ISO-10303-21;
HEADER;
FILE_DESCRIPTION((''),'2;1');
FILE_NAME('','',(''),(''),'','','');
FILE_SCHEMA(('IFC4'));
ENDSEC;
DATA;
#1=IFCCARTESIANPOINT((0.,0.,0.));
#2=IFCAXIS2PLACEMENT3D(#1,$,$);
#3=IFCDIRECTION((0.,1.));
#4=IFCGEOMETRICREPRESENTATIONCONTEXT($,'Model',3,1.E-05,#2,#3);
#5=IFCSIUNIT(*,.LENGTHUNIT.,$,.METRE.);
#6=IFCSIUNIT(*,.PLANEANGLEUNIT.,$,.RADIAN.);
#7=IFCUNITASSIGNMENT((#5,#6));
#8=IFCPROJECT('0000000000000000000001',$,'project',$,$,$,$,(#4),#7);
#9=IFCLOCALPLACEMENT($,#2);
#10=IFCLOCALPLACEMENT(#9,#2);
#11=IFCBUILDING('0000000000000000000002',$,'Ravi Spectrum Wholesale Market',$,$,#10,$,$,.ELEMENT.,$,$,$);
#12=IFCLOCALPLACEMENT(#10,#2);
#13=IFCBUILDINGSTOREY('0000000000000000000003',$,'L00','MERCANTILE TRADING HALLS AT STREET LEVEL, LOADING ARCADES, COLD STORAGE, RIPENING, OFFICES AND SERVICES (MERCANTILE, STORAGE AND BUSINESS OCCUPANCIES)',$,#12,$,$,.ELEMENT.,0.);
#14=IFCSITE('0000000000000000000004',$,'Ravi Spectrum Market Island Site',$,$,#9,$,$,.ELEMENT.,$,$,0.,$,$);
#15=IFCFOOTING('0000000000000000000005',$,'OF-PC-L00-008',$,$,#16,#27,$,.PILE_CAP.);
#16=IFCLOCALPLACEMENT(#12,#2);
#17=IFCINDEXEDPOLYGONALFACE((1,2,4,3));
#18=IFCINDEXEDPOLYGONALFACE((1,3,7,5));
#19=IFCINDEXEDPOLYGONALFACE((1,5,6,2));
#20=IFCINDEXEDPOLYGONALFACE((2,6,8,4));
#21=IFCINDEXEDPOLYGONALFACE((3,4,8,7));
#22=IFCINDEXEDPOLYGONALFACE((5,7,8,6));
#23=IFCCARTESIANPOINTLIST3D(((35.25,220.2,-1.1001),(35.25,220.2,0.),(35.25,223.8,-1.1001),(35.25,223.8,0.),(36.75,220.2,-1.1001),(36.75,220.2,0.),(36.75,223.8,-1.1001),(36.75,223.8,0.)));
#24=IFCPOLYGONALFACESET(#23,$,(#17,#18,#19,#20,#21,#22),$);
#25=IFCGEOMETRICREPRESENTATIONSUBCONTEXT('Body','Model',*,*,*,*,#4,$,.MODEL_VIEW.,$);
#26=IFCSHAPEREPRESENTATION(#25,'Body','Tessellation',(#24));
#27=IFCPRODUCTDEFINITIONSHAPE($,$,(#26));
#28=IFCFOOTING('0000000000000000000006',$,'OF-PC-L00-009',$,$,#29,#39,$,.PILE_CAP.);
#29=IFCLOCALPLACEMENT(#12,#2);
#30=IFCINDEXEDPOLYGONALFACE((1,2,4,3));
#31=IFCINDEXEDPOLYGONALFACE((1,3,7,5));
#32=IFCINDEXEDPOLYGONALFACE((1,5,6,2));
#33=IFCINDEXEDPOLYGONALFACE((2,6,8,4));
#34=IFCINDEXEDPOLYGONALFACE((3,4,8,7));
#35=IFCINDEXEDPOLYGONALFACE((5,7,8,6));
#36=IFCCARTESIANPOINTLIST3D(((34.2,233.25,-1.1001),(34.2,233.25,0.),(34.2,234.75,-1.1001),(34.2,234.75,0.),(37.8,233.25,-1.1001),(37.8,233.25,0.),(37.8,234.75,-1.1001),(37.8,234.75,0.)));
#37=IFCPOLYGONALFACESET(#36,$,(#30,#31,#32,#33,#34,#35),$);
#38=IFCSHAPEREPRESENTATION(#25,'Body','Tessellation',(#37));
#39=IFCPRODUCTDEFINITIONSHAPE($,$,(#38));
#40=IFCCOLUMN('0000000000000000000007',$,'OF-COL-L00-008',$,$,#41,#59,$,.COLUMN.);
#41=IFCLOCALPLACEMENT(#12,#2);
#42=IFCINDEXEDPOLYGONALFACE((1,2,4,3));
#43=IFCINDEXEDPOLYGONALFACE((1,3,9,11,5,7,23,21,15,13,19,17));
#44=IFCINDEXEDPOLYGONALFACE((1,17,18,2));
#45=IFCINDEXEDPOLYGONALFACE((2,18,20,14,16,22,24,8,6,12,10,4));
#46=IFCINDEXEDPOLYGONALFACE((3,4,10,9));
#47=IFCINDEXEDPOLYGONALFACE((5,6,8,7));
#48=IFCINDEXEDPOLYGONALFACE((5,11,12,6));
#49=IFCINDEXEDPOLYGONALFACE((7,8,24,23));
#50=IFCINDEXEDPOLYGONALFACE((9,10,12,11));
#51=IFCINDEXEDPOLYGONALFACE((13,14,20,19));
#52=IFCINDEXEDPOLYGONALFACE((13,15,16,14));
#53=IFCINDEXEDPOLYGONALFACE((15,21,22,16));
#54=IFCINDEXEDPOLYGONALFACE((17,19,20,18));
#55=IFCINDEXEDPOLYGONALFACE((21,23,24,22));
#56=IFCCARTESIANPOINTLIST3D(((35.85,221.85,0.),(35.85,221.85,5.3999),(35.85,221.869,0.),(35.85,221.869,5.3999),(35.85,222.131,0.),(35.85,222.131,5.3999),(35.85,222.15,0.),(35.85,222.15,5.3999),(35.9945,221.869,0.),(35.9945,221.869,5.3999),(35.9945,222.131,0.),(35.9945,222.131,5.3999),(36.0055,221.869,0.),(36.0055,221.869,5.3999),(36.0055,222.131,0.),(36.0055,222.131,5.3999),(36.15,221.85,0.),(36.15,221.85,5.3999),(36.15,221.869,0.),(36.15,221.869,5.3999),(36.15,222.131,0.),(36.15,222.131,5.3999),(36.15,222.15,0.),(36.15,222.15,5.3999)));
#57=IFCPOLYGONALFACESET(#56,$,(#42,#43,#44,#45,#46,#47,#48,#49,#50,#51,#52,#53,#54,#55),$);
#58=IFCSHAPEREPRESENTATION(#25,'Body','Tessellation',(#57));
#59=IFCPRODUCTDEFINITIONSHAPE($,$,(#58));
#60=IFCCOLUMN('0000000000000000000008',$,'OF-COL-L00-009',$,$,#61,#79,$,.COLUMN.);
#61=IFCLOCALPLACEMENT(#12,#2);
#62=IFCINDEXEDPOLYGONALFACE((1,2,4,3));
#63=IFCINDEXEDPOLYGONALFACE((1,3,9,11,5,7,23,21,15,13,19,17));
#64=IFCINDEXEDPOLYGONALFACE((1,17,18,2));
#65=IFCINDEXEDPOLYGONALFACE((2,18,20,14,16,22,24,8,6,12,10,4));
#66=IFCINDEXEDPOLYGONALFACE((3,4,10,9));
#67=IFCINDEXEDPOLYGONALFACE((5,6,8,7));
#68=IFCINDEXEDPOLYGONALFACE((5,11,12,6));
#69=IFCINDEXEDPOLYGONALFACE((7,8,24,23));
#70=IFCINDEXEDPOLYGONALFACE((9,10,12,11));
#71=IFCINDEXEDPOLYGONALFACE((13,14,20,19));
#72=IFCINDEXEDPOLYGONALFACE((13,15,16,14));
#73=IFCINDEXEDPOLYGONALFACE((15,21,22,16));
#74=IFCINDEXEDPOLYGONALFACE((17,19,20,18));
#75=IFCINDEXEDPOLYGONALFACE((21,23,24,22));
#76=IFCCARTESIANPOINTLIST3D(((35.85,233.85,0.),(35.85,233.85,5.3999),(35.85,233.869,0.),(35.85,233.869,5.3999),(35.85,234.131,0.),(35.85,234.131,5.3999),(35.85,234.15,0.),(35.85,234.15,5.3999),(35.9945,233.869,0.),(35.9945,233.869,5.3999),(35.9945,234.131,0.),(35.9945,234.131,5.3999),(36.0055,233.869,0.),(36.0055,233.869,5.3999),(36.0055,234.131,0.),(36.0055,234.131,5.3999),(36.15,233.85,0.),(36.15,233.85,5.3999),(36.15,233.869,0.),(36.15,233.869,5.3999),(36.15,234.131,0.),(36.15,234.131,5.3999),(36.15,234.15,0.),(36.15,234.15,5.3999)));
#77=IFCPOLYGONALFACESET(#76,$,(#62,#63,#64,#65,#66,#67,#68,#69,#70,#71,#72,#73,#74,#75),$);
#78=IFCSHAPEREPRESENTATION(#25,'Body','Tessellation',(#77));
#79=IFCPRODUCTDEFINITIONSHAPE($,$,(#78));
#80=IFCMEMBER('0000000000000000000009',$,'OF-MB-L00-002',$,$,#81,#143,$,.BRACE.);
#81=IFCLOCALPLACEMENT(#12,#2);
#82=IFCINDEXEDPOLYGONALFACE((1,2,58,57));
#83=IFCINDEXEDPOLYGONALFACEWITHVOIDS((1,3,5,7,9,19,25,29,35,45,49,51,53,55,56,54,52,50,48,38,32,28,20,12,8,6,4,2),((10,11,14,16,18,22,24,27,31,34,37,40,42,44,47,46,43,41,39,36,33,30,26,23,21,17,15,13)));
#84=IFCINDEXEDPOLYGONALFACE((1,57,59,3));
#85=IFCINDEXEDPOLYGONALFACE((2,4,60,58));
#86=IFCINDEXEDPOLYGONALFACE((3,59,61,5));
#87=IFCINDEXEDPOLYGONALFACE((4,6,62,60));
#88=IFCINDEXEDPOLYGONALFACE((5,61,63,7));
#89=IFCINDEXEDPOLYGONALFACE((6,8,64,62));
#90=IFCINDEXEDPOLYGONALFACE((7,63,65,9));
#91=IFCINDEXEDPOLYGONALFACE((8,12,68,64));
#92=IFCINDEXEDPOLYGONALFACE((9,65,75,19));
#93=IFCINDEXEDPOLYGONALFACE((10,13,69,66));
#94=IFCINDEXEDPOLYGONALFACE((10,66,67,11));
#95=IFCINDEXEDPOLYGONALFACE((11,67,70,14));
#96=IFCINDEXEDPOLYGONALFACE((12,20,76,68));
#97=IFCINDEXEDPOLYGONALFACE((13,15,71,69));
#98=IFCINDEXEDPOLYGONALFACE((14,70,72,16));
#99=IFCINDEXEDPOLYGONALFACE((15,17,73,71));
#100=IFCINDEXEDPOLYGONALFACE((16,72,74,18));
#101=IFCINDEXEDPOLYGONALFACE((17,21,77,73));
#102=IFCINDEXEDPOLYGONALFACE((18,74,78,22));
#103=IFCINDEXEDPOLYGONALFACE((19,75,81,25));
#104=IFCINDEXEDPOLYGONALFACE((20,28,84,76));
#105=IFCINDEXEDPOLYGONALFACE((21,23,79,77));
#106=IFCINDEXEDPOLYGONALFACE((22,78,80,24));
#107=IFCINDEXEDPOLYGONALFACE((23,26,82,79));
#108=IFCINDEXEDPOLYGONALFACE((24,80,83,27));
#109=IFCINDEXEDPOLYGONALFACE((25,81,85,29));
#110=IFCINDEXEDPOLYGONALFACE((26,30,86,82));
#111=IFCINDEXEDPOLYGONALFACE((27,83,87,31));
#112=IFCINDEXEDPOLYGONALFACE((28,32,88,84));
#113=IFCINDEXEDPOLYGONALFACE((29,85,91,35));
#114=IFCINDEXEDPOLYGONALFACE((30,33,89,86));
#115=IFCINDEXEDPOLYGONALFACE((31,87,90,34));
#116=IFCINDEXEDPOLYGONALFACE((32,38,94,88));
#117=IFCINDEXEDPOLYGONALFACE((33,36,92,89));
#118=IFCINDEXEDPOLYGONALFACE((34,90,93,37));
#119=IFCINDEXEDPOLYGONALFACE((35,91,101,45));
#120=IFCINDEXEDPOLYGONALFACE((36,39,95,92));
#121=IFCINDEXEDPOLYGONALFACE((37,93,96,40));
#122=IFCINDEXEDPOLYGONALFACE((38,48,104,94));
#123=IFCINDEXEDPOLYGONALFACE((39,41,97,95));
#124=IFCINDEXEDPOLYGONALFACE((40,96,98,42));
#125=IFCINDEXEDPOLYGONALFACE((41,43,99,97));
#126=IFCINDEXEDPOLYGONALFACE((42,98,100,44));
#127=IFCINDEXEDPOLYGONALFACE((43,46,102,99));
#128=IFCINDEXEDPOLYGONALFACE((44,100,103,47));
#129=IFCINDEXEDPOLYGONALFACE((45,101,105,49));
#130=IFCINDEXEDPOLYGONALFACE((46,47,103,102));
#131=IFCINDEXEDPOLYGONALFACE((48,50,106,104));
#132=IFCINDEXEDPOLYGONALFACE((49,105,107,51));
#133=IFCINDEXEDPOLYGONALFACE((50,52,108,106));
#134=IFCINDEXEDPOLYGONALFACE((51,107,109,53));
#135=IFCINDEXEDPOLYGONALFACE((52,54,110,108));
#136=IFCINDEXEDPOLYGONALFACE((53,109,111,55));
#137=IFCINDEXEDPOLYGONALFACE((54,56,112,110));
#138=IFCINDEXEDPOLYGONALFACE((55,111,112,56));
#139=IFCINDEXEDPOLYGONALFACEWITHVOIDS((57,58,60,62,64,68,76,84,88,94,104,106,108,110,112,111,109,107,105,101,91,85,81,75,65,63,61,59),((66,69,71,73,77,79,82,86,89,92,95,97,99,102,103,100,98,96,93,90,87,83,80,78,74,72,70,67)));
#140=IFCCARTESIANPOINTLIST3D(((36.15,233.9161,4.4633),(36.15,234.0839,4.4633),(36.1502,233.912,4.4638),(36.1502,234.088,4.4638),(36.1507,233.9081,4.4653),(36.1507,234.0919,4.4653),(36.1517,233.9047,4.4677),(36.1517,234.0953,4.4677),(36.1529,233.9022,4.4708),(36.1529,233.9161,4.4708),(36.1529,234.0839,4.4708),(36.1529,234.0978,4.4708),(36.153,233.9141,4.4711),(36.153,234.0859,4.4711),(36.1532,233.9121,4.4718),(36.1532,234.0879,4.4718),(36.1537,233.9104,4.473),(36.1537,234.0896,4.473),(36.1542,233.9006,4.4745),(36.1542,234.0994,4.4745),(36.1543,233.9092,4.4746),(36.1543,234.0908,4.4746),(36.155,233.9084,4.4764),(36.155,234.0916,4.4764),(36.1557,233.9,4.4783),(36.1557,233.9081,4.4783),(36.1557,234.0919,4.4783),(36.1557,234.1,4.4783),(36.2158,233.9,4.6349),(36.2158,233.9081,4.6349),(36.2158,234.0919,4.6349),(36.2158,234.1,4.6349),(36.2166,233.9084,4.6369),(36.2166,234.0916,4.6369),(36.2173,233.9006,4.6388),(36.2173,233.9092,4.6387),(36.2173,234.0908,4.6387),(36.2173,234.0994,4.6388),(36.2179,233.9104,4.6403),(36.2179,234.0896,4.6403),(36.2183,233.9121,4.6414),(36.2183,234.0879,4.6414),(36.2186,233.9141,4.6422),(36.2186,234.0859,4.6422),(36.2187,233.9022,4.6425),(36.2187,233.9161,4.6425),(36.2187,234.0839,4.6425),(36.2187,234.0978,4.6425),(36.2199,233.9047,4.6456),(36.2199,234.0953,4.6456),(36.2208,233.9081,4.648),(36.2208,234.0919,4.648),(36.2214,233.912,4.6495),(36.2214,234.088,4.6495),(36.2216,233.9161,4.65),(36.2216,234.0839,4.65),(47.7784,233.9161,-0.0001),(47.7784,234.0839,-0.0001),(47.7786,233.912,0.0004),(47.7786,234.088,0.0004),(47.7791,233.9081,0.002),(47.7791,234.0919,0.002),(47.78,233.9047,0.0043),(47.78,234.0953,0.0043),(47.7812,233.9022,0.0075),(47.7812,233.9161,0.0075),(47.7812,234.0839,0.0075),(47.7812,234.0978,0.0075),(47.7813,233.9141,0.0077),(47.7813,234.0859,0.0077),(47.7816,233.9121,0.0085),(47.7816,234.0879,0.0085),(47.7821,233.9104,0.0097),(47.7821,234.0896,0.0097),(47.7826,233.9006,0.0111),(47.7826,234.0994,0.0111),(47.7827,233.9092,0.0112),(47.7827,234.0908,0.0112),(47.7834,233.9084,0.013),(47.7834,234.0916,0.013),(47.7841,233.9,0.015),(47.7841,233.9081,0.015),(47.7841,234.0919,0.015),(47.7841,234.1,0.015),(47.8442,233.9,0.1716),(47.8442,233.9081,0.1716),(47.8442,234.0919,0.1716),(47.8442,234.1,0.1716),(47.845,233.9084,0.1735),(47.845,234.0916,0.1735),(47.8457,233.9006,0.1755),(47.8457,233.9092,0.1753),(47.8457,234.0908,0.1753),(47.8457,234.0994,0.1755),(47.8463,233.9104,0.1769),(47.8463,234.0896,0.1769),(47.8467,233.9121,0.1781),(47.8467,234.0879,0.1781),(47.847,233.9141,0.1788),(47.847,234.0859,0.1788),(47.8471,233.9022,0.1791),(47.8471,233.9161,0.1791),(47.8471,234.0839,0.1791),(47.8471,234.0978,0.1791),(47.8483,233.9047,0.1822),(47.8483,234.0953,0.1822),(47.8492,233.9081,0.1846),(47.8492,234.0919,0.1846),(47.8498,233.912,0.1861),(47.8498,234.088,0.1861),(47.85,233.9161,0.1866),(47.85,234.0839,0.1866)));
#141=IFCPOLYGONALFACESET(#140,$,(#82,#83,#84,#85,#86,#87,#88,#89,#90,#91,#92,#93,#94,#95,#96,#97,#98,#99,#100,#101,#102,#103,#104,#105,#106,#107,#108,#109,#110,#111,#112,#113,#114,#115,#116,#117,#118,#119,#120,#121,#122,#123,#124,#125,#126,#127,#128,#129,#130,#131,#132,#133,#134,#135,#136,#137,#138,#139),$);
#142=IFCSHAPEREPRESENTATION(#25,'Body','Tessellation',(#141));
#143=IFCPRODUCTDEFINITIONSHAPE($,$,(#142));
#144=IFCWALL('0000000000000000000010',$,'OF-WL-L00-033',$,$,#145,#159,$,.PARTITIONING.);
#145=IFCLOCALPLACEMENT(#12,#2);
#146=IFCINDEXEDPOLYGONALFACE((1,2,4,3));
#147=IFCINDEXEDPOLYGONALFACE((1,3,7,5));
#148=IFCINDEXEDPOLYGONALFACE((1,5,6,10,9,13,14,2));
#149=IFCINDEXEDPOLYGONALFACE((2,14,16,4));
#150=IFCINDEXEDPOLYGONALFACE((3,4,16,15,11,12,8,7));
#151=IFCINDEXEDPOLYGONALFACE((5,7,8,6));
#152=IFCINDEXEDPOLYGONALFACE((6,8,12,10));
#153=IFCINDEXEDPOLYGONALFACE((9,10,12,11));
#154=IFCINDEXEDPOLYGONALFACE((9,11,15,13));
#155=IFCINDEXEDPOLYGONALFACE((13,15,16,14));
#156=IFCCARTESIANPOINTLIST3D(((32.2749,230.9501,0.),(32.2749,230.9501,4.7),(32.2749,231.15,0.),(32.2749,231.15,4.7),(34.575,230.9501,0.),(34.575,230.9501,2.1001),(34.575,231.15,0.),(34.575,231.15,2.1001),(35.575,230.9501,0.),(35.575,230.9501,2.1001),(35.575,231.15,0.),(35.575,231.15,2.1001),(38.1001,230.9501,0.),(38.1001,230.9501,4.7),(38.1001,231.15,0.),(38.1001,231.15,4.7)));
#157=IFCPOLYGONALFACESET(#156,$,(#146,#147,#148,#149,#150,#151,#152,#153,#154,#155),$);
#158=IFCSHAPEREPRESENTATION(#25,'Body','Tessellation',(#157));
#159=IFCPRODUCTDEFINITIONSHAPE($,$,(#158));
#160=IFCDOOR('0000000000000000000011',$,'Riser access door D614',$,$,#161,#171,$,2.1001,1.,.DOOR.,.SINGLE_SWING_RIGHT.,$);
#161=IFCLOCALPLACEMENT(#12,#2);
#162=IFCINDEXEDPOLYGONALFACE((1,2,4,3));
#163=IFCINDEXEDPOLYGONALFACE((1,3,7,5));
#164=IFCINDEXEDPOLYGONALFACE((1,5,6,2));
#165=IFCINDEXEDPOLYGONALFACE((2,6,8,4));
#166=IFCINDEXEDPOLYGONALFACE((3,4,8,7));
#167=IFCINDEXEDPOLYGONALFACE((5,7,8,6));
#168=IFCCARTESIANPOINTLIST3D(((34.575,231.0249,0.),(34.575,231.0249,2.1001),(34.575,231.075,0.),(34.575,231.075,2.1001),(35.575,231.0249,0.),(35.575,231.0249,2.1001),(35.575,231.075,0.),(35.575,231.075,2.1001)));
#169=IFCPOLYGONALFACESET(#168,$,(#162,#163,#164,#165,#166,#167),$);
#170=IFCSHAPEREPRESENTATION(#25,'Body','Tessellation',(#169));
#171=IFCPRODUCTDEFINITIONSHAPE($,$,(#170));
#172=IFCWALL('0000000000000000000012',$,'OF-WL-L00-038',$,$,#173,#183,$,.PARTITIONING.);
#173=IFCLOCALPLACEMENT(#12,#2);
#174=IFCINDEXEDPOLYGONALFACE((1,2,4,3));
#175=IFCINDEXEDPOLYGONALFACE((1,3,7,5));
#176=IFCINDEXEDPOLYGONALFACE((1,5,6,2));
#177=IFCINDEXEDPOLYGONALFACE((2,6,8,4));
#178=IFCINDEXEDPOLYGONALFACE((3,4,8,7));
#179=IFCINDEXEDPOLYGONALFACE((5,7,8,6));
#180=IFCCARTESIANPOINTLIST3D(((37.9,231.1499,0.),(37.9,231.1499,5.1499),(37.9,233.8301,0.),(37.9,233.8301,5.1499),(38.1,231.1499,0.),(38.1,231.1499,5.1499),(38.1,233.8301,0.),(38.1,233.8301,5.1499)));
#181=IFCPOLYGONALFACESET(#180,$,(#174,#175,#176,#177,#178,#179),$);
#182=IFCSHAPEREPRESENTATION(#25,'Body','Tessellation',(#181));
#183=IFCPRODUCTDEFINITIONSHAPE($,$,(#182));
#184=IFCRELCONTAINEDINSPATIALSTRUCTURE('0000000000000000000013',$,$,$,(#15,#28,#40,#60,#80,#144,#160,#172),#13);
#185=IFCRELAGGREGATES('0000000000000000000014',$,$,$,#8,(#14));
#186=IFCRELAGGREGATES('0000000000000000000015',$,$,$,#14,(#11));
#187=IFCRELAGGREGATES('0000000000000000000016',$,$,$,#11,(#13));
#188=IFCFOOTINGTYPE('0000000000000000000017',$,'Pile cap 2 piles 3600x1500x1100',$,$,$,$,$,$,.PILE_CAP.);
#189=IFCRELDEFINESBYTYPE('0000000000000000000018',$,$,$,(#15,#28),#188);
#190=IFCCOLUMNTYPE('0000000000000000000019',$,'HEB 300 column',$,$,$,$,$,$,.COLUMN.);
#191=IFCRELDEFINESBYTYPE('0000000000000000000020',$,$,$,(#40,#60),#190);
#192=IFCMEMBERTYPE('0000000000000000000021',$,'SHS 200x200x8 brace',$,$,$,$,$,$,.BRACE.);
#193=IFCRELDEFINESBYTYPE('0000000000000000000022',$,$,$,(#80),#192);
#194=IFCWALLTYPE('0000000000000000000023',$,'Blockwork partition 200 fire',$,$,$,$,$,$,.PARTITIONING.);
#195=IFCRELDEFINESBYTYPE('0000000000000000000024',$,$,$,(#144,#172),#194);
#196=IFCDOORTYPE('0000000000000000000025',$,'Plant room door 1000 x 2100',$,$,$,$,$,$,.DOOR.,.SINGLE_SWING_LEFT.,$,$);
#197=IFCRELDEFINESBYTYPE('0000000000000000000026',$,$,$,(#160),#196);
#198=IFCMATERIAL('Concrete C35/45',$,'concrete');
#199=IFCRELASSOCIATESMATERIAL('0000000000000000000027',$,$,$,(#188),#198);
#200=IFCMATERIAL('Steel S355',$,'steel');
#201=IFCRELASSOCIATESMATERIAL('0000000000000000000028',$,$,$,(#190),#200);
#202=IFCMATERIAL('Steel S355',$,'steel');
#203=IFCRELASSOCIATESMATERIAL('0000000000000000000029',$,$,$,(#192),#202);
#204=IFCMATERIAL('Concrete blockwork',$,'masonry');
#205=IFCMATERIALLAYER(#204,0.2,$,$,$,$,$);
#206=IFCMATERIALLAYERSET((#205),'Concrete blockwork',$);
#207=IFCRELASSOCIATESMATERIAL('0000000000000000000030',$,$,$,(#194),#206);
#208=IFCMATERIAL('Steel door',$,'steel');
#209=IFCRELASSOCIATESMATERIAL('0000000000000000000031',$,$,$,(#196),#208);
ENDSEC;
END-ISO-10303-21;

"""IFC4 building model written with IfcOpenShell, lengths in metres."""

from ifc_helpers import new_model, si_unit, direction, frame, frame_2d, origin, origin_2d, place, context, subcontext, project, spatial, rectangle, hollow_rectangle, i_section, extrude, material, layer, layer_set, material_profile, profile_set, type_object, element, fill, save


model = new_model("IFC4")

# Units and contexts
model_context = context("Model", 3, precision=1e-05, world=origin(), true_north=direction((0.0, 1.0)))
body_context = subcontext(model_context, "Body", "Model", "MODEL_VIEW")
ifc_project = project(units=[si_unit("LENGTHUNIT", "METRE"), si_unit("PLANEANGLEUNIT", "RADIAN")], contexts=[model_context])

# Site, building, storey
site_placement = place(None, origin())
site = spatial("IfcSite", under=ifc_project, at=site_placement, Name="Ravi Spectrum Market Island Site", CompositionType="ELEMENT", RefElevation=0.0)
building_placement = place(site_placement, origin())
building = spatial("IfcBuilding", under=site, at=building_placement, Name="Ravi Spectrum Wholesale Market", CompositionType="ELEMENT")
storey_placement = place(building_placement, origin())
storey = spatial("IfcBuildingStorey", under=building, at=storey_placement, Name="L00", Description="MERCANTILE TRADING HALLS AT STREET LEVEL, LOADING ARCADES, COLD STORAGE, RIPENING, OFFICES AND SERVICES (MERCANTILE, STORAGE AND BUSINESS OCCUPANCIES)", CompositionType="ELEMENT", Elevation=0.0)

# Footings
ifc_material_1 = material(Name="Concrete C35/45", Category="concrete")
footing_type = type_object("IfcFootingType", Name="Pile cap 2 piles 3600x1500x1100", PredefinedType="PILE_CAP", material=ifc_material_1)
for number, where, z_axis, x_axis, name in (
    (1, (36.0, 222.0, -1.1001), (0.0, 0.0, 1.0), (0.0, 1.0, 0.0), "OF-PC-L00-008"),
    (2, (36.0, 234.0, -1.1001), (0.0, 0.0, 1.0), (1.0, 0.0, 0.0), "OF-PC-L00-009"),
):
    element("IfcFooting", number, at=place(storey_placement, frame(where, z_axis=z_axis, x_axis=x_axis)), inside=storey, type_object=footing_type, Name=name, PredefinedType="PILE_CAP", context=body_context, shape_type="SweptSolid", body=[
        extrude(rectangle(XDim=3.6001, YDim=1.5, at=origin_2d()), origin(), (0.0, 0.0, 1.0), 1.1001),
    ])

# Columns
ifc_material_2 = material(Name="Steel S355", Category="steel")
ifc_material_profile_1 = material_profile(ifc_material_2, i_section(OverallWidth=0.3, OverallDepth=0.3, WebThickness=0.011, FlangeThickness=0.019, at=origin_2d()))
ifc_profile_set_1 = profile_set([ifc_material_profile_1], Name="Steel S355")
column_type = type_object("IfcColumnType", Name="HEB 300 column", PredefinedType="COLUMN", material=ifc_profile_set_1)
for number, where, z_axis, x_axis, name in (
    (3, (36.0, 222.0, 0.0), (0.0, 0.0, 1.0), (1.0, 0.0, 0.0), "OF-COL-L00-008"),
    (4, (36.0, 234.0, 0.0), (0.0, 0.0, 1.0), (1.0, 0.0, 0.0), "OF-COL-L00-009"),
):
    element("IfcColumn", number, at=place(storey_placement, frame(where, z_axis=z_axis, x_axis=x_axis)), inside=storey, type_object=column_type, Name=name, PredefinedType="COLUMN", context=body_context, shape_type="SweptSolid", body=[
        extrude(i_section(OverallWidth=0.3, OverallDepth=0.3, WebThickness=0.011, FlangeThickness=0.019, at=origin_2d()), origin(), (0.0, 0.0, 1.0), 5.3999),
    ])

# Member
ifc_material_3 = material(Name="Steel S355", Category="steel")
ifc_material_profile_2 = material_profile(ifc_material_3, hollow_rectangle(XDim=0.2, YDim=0.2, WallThickness=0.0081, InnerFilletRadius=0.0081, OuterFilletRadius=0.0161, at=origin_2d()))
ifc_profile_set_2 = profile_set([ifc_material_profile_2], Name="Steel S355")
member_type = type_object("IfcMemberType", Name="SHS 200x200x8 brace", PredefinedType="BRACE", material=ifc_profile_set_2)
member_placement = place(storey_placement, frame((36.1858, 234.0, 4.5566), z_axis=(0.93359, 0.0, -0.358343), x_axis=(0.0, 1.0, 0.0)))
element("IfcMember", 5, at=member_placement, inside=storey, type_object=member_type, Name="OF-MB-L00-002", PredefinedType="BRACE", context=body_context, shape_type="SweptSolid", body=[
    extrude(hollow_rectangle(XDim=0.2, YDim=0.2, WallThickness=0.0081, InnerFilletRadius=0.0081, OuterFilletRadius=0.0161, at=origin_2d()), origin(), (0.0, 0.0, 1.0), 12.4556),
])

# Wall, opening, door
ifc_material_4 = material(Name="Concrete blockwork", Category="masonry")
ifc_layer_1 = layer(ifc_material_4, 0.2)
ifc_layer_set_1 = layer_set([ifc_layer_1], Name="Concrete blockwork")
wall_type_1 = type_object("IfcWallType", Name="Blockwork partition 200 fire", PredefinedType="PARTITIONING", material=ifc_layer_set_1)
wall_1_placement = place(storey_placement, frame((32.2749, 231.05, 0.0), z_axis=(0.0, 0.0, 1.0), x_axis=(1.0, 0.0, 0.0)))
wall_1 = element("IfcWall", 6, at=wall_1_placement, inside=storey, type_object=wall_type_1, Name="OF-WL-L00-033", PredefinedType="PARTITIONING", context=body_context, shape_type="SweptSolid", body=[
    extrude(rectangle(XDim=5.8252, YDim=0.2, at=frame_2d((2.9126, 0.0))), origin(), (0.0, 0.0, 1.0), 4.7),
])
opening_1_placement = place(wall_1_placement, frame((2.3, 0.0, 0.0)))
opening_1 = element("IfcOpeningElement", 7, at=opening_1_placement, cuts=wall_1, PredefinedType="OPENING", context=body_context, shape_type="SweptSolid", body=[
    extrude(rectangle(XDim=1.0, YDim=2.1001, at=frame_2d((0.5, 1.05))), frame((0.0, 0.1099, 0.0), z_axis=(0.0, -1.0, 0.0), x_axis=(1.0, 0.0, 0.0)), (0.0, 0.0, 1.0), 0.22),
])
ifc_material_5 = material(Name="Steel door", Category="steel")
door_type_1 = type_object("IfcDoorType", Name="Plant room door 1000 x 2100", OperationType="SINGLE_SWING_LEFT", PredefinedType="DOOR", material=ifc_material_5)
door_1_placement = place(opening_1_placement, origin())
door_1 = element("IfcDoor", 8, at=door_1_placement, inside=storey, type_object=door_type_1, Name="Riser access door D614", OperationType="SINGLE_SWING_RIGHT", OverallHeight=2.1001, OverallWidth=1.0, PredefinedType="DOOR", context=body_context, shape_type="SweptSolid", body=[
    extrude(rectangle(XDim=1.0, YDim=2.1001, at=frame_2d((0.5, 1.05))), frame((0.0, 0.0249, 0.0), z_axis=(0.0, -1.0, 0.0), x_axis=(1.0, 0.0, 0.0)), (0.0, 0.0, 1.0), 0.05),
])
fill(opening_1, door_1)

# Wall
wall_2_placement = place(storey_placement, frame((38.0, 231.1499, 0.0), z_axis=(0.0, 0.0, 1.0), x_axis=(0.0, 1.0, 0.0)))
element("IfcWall", 9, at=wall_2_placement, inside=storey, type_object=wall_type_1, Name="OF-WL-L00-038", PredefinedType="PARTITIONING", context=body_context, shape_type="SweptSolid", body=[
    extrude(rectangle(XDim=2.6802, YDim=0.2, at=frame_2d((1.3401, 0.0))), origin(), (0.0, 0.0, 1.0), 5.1499),
])

save(model, "model.ifc")
